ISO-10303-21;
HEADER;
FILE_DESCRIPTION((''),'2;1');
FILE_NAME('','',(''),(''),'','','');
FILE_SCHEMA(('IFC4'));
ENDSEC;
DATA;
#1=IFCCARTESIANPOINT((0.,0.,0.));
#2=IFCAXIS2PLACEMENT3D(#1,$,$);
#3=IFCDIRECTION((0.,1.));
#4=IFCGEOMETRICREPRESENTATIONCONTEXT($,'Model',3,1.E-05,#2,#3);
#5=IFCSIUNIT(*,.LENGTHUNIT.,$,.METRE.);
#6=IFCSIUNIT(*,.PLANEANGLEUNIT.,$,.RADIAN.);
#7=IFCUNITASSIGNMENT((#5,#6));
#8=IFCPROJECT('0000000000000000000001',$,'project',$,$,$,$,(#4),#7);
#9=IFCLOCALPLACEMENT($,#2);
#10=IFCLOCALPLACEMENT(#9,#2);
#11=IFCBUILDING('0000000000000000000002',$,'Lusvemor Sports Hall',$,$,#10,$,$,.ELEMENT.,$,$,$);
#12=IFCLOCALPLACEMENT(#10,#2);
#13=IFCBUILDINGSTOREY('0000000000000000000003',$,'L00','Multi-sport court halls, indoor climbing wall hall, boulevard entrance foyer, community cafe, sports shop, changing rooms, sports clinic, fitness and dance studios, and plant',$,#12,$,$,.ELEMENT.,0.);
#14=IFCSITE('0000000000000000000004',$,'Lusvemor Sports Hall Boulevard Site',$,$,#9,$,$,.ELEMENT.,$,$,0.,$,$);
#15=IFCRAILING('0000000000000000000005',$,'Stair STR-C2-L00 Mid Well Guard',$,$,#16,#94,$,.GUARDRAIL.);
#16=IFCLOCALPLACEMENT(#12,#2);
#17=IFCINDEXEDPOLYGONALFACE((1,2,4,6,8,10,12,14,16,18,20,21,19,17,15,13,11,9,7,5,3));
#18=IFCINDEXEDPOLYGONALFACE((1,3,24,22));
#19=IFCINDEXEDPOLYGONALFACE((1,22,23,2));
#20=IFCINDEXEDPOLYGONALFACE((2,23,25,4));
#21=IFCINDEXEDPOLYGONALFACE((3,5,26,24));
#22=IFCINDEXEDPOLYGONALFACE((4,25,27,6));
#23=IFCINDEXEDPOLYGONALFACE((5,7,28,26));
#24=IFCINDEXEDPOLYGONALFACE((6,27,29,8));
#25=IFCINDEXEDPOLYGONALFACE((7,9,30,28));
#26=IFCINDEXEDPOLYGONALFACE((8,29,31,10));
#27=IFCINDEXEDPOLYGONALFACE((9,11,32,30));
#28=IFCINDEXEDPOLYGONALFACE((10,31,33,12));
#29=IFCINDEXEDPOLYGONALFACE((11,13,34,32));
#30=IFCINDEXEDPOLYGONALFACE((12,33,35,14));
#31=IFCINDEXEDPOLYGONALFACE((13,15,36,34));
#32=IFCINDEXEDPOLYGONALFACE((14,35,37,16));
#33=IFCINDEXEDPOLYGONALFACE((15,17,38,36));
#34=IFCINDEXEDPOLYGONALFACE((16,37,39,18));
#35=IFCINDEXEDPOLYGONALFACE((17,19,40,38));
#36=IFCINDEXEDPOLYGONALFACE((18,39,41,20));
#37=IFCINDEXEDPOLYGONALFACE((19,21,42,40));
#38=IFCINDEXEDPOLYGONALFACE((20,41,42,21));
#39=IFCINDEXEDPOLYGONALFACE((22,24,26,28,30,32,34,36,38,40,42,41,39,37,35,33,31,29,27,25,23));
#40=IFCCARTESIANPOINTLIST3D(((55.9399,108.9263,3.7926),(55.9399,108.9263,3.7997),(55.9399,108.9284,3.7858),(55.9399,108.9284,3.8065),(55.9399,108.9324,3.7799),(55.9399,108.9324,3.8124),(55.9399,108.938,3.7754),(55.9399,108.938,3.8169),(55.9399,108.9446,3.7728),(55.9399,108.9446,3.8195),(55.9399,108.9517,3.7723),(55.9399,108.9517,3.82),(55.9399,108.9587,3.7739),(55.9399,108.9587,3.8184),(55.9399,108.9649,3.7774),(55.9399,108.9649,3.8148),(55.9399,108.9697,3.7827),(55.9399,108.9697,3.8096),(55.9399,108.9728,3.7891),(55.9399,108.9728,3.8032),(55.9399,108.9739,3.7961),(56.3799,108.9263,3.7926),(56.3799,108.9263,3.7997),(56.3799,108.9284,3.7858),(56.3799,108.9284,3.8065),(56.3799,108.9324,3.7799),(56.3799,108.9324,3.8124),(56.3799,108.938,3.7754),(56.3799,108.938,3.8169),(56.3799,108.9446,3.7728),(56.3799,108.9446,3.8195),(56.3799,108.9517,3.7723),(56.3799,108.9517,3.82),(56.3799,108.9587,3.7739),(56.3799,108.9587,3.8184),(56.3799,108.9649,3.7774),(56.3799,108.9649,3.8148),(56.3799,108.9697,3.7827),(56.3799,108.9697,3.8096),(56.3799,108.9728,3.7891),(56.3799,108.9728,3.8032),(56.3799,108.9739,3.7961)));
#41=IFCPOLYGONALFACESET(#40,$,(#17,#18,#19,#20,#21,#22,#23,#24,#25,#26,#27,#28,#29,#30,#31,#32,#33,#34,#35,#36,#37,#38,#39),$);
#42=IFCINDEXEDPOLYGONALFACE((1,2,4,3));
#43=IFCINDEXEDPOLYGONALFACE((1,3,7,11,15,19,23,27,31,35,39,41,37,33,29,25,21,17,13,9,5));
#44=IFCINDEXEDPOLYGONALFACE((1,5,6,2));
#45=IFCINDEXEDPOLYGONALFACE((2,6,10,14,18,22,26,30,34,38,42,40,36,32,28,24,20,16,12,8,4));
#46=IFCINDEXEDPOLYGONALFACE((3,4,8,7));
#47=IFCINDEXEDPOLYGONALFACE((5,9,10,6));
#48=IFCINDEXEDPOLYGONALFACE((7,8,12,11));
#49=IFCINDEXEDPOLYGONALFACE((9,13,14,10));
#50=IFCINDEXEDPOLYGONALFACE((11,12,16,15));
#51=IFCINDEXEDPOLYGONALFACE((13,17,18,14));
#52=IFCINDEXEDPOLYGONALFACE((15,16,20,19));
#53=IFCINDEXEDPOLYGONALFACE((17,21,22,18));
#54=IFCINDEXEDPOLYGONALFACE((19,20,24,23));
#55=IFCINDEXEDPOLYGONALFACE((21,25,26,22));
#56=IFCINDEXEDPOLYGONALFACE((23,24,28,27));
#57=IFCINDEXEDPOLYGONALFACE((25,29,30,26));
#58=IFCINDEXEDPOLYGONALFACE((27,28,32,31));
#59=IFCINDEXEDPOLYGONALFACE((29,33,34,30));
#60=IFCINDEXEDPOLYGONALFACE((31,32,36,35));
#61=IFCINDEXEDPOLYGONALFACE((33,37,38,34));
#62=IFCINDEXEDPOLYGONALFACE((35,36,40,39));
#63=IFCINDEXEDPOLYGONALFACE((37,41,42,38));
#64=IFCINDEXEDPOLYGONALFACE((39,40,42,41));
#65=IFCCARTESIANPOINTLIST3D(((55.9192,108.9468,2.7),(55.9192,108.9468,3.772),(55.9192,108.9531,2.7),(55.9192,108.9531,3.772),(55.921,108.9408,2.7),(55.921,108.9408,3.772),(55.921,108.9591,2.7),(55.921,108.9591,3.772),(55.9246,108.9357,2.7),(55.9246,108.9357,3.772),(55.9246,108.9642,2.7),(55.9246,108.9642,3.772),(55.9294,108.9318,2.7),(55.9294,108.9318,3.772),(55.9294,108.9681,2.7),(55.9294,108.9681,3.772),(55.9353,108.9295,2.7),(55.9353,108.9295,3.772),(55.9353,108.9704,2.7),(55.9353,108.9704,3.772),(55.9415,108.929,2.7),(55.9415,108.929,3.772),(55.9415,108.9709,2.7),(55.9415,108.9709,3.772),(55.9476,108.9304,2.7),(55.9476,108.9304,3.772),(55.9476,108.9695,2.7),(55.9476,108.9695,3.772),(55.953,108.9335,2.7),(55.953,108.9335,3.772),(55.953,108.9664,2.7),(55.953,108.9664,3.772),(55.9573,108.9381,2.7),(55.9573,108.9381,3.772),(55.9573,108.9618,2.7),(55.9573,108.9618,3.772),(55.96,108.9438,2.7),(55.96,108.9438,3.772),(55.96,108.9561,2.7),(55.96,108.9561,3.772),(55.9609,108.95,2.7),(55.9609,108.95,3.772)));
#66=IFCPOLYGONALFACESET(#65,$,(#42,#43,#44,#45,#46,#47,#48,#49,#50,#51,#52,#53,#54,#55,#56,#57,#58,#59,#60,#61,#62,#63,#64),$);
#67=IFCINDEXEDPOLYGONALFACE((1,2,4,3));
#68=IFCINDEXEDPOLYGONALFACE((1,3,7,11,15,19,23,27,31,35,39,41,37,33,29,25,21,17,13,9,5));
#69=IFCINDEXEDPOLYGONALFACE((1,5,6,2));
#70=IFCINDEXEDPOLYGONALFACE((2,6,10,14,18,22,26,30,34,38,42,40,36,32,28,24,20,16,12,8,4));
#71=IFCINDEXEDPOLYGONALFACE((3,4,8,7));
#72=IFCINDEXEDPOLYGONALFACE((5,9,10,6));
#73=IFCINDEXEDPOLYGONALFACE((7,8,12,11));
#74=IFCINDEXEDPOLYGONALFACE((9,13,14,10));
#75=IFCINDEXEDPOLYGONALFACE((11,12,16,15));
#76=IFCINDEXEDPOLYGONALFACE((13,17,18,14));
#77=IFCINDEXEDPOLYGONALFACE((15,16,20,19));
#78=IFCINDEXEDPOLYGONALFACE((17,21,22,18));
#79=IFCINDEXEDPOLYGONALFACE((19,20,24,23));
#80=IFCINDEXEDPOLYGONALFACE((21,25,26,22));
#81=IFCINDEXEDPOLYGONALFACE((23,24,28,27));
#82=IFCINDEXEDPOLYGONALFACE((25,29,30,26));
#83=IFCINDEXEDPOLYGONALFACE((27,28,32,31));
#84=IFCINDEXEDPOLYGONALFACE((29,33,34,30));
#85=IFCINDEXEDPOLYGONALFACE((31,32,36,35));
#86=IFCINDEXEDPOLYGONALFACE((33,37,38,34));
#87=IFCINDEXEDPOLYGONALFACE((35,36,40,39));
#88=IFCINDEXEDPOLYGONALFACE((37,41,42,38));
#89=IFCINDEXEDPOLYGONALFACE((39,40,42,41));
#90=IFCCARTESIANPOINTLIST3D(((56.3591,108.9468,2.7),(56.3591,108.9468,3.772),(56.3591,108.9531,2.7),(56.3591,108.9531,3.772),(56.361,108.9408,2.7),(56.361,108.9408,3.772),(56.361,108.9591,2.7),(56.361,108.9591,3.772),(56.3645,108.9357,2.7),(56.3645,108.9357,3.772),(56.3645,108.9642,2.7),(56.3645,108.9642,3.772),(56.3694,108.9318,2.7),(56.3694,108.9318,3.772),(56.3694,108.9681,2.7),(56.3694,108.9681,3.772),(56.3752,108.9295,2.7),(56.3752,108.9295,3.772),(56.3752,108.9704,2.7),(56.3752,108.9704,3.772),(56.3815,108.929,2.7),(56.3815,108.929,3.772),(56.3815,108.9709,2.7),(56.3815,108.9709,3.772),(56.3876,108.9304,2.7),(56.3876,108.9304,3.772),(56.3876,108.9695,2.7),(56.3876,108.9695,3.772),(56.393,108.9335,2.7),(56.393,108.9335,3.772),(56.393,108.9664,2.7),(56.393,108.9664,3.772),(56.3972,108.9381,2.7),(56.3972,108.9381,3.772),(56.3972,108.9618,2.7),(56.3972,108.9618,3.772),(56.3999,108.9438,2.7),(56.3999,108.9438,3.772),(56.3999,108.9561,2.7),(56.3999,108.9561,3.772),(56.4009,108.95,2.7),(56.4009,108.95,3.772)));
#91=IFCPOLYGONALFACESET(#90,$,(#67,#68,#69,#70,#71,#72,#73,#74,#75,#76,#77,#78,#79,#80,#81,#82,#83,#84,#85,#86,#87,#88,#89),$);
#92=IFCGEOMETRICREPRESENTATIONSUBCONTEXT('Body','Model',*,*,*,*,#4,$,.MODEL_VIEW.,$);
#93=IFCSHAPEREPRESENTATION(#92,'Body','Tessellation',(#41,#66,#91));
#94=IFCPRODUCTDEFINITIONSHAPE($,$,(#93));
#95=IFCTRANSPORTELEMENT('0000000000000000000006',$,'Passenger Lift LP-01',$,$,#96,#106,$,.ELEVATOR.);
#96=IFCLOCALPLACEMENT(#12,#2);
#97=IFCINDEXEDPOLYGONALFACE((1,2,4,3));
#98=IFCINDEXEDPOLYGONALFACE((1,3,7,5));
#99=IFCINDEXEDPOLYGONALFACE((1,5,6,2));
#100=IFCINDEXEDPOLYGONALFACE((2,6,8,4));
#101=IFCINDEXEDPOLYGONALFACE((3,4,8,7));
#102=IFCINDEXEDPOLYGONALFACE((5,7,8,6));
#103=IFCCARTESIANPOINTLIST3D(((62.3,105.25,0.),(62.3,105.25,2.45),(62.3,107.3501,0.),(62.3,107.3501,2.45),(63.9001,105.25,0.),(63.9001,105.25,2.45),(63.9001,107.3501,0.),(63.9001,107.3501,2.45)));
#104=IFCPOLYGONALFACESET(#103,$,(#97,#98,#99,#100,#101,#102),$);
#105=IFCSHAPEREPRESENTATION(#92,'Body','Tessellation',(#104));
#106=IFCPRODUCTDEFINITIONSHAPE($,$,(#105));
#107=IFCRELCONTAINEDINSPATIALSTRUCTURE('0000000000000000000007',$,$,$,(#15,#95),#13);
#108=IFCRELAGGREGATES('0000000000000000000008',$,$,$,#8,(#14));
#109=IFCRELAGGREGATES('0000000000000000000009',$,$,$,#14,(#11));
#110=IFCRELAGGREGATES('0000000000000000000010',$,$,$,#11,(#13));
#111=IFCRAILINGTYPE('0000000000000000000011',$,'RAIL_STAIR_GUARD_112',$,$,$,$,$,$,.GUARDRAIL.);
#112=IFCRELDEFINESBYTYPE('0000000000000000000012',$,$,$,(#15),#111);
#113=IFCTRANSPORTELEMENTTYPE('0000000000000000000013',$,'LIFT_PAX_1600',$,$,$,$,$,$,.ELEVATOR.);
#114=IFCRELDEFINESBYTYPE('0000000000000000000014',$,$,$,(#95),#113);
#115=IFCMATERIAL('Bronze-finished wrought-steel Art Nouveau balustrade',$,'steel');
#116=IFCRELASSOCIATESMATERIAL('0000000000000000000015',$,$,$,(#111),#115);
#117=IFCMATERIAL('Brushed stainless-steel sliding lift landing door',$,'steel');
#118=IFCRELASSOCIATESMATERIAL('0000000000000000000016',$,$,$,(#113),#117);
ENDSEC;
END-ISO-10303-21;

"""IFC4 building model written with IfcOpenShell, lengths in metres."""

from ifc_helpers import new_model, si_unit, direction, frame, origin, origin_2d, place, context, subcontext, project, spatial, rectangle, circle, extrude, material, type_object, element, save


model = new_model("IFC4")

# Units and contexts
model_context = context("Model", 3, precision=1e-05, world=origin(), true_north=direction((0.0, 1.0)))
body_context = subcontext(model_context, "Body", "Model", "MODEL_VIEW")
ifc_project = project(units=[si_unit("LENGTHUNIT", "METRE"), si_unit("PLANEANGLEUNIT", "RADIAN")], contexts=[model_context])

# Site, building, storey
site_placement = place(None, origin())
site = spatial("IfcSite", under=ifc_project, at=site_placement, Name="Lusvemor Sports Hall Boulevard Site", CompositionType="ELEMENT", RefElevation=0.0)
building_placement = place(site_placement, origin())
building = spatial("IfcBuilding", under=site, at=building_placement, Name="Lusvemor Sports Hall", CompositionType="ELEMENT")
storey_placement = place(building_placement, origin())
storey = spatial("IfcBuildingStorey", under=building, at=storey_placement, Name="L00", Description="Multi-sport court halls, indoor climbing wall hall, boulevard entrance foyer, community cafe, sports shop, changing rooms, sports clinic, fitness and dance studios, and plant", CompositionType="ELEMENT", Elevation=0.0)

# Railing
ifc_material_1 = material(Name="Bronze-finished wrought-steel Art Nouveau balustrade", Category="steel")
railing_type_1 = type_object("IfcRailingType", Name="RAIL_STAIR_GUARD_112", PredefinedType="GUARDRAIL", material=ifc_material_1)
railing_1_placement = place(storey_placement, frame((55.9399, 108.95, 2.7)))
element("IfcRailing", 1, at=railing_1_placement, inside=storey, type_object=railing_type_1, Name="Stair STR-C2-L00 Mid Well Guard", PredefinedType="GUARDRAIL", context=body_context, shape_type="SweptSolid", body=[
    extrude(circle(Radius=0.0239, at=origin_2d()), frame((0.0, 0.0, 1.0962), z_axis=(1.0, 0.0, 0.0), x_axis=(0.0, 1.0, 0.0)), (0.0, 0.0, 1.0), 0.4399),
    extrude(circle(Radius=0.021, at=origin_2d()), origin(), (0.0, 0.0, 1.0), 1.072),
    extrude(circle(Radius=0.021, at=origin_2d()), frame((0.4399, 0.0, 0.0)), (0.0, 0.0, 1.0), 1.072),
])

# Transport element
ifc_material_2 = material(Name="Brushed stainless-steel sliding lift landing door", Category="steel")
transport_element_type = type_object("IfcTransportElementType", Name="LIFT_PAX_1600", PredefinedType="ELEVATOR", material=ifc_material_2)
transport_element_placement = place(storey_placement, frame((63.1001, 106.3, 0.0), z_axis=(0.0, 0.0, 1.0), x_axis=(1.0, 0.0, 0.0)))
element("IfcTransportElement", 2, at=transport_element_placement, inside=storey, type_object=transport_element_type, Name="Passenger Lift LP-01", PredefinedType="ELEVATOR", context=body_context, shape_type="SweptSolid", body=[
    extrude(rectangle(XDim=1.6001, YDim=2.1001, at=origin_2d()), origin(), (0.0, 0.0, 1.0), 2.45),
])

save(model, "model.ifc")
